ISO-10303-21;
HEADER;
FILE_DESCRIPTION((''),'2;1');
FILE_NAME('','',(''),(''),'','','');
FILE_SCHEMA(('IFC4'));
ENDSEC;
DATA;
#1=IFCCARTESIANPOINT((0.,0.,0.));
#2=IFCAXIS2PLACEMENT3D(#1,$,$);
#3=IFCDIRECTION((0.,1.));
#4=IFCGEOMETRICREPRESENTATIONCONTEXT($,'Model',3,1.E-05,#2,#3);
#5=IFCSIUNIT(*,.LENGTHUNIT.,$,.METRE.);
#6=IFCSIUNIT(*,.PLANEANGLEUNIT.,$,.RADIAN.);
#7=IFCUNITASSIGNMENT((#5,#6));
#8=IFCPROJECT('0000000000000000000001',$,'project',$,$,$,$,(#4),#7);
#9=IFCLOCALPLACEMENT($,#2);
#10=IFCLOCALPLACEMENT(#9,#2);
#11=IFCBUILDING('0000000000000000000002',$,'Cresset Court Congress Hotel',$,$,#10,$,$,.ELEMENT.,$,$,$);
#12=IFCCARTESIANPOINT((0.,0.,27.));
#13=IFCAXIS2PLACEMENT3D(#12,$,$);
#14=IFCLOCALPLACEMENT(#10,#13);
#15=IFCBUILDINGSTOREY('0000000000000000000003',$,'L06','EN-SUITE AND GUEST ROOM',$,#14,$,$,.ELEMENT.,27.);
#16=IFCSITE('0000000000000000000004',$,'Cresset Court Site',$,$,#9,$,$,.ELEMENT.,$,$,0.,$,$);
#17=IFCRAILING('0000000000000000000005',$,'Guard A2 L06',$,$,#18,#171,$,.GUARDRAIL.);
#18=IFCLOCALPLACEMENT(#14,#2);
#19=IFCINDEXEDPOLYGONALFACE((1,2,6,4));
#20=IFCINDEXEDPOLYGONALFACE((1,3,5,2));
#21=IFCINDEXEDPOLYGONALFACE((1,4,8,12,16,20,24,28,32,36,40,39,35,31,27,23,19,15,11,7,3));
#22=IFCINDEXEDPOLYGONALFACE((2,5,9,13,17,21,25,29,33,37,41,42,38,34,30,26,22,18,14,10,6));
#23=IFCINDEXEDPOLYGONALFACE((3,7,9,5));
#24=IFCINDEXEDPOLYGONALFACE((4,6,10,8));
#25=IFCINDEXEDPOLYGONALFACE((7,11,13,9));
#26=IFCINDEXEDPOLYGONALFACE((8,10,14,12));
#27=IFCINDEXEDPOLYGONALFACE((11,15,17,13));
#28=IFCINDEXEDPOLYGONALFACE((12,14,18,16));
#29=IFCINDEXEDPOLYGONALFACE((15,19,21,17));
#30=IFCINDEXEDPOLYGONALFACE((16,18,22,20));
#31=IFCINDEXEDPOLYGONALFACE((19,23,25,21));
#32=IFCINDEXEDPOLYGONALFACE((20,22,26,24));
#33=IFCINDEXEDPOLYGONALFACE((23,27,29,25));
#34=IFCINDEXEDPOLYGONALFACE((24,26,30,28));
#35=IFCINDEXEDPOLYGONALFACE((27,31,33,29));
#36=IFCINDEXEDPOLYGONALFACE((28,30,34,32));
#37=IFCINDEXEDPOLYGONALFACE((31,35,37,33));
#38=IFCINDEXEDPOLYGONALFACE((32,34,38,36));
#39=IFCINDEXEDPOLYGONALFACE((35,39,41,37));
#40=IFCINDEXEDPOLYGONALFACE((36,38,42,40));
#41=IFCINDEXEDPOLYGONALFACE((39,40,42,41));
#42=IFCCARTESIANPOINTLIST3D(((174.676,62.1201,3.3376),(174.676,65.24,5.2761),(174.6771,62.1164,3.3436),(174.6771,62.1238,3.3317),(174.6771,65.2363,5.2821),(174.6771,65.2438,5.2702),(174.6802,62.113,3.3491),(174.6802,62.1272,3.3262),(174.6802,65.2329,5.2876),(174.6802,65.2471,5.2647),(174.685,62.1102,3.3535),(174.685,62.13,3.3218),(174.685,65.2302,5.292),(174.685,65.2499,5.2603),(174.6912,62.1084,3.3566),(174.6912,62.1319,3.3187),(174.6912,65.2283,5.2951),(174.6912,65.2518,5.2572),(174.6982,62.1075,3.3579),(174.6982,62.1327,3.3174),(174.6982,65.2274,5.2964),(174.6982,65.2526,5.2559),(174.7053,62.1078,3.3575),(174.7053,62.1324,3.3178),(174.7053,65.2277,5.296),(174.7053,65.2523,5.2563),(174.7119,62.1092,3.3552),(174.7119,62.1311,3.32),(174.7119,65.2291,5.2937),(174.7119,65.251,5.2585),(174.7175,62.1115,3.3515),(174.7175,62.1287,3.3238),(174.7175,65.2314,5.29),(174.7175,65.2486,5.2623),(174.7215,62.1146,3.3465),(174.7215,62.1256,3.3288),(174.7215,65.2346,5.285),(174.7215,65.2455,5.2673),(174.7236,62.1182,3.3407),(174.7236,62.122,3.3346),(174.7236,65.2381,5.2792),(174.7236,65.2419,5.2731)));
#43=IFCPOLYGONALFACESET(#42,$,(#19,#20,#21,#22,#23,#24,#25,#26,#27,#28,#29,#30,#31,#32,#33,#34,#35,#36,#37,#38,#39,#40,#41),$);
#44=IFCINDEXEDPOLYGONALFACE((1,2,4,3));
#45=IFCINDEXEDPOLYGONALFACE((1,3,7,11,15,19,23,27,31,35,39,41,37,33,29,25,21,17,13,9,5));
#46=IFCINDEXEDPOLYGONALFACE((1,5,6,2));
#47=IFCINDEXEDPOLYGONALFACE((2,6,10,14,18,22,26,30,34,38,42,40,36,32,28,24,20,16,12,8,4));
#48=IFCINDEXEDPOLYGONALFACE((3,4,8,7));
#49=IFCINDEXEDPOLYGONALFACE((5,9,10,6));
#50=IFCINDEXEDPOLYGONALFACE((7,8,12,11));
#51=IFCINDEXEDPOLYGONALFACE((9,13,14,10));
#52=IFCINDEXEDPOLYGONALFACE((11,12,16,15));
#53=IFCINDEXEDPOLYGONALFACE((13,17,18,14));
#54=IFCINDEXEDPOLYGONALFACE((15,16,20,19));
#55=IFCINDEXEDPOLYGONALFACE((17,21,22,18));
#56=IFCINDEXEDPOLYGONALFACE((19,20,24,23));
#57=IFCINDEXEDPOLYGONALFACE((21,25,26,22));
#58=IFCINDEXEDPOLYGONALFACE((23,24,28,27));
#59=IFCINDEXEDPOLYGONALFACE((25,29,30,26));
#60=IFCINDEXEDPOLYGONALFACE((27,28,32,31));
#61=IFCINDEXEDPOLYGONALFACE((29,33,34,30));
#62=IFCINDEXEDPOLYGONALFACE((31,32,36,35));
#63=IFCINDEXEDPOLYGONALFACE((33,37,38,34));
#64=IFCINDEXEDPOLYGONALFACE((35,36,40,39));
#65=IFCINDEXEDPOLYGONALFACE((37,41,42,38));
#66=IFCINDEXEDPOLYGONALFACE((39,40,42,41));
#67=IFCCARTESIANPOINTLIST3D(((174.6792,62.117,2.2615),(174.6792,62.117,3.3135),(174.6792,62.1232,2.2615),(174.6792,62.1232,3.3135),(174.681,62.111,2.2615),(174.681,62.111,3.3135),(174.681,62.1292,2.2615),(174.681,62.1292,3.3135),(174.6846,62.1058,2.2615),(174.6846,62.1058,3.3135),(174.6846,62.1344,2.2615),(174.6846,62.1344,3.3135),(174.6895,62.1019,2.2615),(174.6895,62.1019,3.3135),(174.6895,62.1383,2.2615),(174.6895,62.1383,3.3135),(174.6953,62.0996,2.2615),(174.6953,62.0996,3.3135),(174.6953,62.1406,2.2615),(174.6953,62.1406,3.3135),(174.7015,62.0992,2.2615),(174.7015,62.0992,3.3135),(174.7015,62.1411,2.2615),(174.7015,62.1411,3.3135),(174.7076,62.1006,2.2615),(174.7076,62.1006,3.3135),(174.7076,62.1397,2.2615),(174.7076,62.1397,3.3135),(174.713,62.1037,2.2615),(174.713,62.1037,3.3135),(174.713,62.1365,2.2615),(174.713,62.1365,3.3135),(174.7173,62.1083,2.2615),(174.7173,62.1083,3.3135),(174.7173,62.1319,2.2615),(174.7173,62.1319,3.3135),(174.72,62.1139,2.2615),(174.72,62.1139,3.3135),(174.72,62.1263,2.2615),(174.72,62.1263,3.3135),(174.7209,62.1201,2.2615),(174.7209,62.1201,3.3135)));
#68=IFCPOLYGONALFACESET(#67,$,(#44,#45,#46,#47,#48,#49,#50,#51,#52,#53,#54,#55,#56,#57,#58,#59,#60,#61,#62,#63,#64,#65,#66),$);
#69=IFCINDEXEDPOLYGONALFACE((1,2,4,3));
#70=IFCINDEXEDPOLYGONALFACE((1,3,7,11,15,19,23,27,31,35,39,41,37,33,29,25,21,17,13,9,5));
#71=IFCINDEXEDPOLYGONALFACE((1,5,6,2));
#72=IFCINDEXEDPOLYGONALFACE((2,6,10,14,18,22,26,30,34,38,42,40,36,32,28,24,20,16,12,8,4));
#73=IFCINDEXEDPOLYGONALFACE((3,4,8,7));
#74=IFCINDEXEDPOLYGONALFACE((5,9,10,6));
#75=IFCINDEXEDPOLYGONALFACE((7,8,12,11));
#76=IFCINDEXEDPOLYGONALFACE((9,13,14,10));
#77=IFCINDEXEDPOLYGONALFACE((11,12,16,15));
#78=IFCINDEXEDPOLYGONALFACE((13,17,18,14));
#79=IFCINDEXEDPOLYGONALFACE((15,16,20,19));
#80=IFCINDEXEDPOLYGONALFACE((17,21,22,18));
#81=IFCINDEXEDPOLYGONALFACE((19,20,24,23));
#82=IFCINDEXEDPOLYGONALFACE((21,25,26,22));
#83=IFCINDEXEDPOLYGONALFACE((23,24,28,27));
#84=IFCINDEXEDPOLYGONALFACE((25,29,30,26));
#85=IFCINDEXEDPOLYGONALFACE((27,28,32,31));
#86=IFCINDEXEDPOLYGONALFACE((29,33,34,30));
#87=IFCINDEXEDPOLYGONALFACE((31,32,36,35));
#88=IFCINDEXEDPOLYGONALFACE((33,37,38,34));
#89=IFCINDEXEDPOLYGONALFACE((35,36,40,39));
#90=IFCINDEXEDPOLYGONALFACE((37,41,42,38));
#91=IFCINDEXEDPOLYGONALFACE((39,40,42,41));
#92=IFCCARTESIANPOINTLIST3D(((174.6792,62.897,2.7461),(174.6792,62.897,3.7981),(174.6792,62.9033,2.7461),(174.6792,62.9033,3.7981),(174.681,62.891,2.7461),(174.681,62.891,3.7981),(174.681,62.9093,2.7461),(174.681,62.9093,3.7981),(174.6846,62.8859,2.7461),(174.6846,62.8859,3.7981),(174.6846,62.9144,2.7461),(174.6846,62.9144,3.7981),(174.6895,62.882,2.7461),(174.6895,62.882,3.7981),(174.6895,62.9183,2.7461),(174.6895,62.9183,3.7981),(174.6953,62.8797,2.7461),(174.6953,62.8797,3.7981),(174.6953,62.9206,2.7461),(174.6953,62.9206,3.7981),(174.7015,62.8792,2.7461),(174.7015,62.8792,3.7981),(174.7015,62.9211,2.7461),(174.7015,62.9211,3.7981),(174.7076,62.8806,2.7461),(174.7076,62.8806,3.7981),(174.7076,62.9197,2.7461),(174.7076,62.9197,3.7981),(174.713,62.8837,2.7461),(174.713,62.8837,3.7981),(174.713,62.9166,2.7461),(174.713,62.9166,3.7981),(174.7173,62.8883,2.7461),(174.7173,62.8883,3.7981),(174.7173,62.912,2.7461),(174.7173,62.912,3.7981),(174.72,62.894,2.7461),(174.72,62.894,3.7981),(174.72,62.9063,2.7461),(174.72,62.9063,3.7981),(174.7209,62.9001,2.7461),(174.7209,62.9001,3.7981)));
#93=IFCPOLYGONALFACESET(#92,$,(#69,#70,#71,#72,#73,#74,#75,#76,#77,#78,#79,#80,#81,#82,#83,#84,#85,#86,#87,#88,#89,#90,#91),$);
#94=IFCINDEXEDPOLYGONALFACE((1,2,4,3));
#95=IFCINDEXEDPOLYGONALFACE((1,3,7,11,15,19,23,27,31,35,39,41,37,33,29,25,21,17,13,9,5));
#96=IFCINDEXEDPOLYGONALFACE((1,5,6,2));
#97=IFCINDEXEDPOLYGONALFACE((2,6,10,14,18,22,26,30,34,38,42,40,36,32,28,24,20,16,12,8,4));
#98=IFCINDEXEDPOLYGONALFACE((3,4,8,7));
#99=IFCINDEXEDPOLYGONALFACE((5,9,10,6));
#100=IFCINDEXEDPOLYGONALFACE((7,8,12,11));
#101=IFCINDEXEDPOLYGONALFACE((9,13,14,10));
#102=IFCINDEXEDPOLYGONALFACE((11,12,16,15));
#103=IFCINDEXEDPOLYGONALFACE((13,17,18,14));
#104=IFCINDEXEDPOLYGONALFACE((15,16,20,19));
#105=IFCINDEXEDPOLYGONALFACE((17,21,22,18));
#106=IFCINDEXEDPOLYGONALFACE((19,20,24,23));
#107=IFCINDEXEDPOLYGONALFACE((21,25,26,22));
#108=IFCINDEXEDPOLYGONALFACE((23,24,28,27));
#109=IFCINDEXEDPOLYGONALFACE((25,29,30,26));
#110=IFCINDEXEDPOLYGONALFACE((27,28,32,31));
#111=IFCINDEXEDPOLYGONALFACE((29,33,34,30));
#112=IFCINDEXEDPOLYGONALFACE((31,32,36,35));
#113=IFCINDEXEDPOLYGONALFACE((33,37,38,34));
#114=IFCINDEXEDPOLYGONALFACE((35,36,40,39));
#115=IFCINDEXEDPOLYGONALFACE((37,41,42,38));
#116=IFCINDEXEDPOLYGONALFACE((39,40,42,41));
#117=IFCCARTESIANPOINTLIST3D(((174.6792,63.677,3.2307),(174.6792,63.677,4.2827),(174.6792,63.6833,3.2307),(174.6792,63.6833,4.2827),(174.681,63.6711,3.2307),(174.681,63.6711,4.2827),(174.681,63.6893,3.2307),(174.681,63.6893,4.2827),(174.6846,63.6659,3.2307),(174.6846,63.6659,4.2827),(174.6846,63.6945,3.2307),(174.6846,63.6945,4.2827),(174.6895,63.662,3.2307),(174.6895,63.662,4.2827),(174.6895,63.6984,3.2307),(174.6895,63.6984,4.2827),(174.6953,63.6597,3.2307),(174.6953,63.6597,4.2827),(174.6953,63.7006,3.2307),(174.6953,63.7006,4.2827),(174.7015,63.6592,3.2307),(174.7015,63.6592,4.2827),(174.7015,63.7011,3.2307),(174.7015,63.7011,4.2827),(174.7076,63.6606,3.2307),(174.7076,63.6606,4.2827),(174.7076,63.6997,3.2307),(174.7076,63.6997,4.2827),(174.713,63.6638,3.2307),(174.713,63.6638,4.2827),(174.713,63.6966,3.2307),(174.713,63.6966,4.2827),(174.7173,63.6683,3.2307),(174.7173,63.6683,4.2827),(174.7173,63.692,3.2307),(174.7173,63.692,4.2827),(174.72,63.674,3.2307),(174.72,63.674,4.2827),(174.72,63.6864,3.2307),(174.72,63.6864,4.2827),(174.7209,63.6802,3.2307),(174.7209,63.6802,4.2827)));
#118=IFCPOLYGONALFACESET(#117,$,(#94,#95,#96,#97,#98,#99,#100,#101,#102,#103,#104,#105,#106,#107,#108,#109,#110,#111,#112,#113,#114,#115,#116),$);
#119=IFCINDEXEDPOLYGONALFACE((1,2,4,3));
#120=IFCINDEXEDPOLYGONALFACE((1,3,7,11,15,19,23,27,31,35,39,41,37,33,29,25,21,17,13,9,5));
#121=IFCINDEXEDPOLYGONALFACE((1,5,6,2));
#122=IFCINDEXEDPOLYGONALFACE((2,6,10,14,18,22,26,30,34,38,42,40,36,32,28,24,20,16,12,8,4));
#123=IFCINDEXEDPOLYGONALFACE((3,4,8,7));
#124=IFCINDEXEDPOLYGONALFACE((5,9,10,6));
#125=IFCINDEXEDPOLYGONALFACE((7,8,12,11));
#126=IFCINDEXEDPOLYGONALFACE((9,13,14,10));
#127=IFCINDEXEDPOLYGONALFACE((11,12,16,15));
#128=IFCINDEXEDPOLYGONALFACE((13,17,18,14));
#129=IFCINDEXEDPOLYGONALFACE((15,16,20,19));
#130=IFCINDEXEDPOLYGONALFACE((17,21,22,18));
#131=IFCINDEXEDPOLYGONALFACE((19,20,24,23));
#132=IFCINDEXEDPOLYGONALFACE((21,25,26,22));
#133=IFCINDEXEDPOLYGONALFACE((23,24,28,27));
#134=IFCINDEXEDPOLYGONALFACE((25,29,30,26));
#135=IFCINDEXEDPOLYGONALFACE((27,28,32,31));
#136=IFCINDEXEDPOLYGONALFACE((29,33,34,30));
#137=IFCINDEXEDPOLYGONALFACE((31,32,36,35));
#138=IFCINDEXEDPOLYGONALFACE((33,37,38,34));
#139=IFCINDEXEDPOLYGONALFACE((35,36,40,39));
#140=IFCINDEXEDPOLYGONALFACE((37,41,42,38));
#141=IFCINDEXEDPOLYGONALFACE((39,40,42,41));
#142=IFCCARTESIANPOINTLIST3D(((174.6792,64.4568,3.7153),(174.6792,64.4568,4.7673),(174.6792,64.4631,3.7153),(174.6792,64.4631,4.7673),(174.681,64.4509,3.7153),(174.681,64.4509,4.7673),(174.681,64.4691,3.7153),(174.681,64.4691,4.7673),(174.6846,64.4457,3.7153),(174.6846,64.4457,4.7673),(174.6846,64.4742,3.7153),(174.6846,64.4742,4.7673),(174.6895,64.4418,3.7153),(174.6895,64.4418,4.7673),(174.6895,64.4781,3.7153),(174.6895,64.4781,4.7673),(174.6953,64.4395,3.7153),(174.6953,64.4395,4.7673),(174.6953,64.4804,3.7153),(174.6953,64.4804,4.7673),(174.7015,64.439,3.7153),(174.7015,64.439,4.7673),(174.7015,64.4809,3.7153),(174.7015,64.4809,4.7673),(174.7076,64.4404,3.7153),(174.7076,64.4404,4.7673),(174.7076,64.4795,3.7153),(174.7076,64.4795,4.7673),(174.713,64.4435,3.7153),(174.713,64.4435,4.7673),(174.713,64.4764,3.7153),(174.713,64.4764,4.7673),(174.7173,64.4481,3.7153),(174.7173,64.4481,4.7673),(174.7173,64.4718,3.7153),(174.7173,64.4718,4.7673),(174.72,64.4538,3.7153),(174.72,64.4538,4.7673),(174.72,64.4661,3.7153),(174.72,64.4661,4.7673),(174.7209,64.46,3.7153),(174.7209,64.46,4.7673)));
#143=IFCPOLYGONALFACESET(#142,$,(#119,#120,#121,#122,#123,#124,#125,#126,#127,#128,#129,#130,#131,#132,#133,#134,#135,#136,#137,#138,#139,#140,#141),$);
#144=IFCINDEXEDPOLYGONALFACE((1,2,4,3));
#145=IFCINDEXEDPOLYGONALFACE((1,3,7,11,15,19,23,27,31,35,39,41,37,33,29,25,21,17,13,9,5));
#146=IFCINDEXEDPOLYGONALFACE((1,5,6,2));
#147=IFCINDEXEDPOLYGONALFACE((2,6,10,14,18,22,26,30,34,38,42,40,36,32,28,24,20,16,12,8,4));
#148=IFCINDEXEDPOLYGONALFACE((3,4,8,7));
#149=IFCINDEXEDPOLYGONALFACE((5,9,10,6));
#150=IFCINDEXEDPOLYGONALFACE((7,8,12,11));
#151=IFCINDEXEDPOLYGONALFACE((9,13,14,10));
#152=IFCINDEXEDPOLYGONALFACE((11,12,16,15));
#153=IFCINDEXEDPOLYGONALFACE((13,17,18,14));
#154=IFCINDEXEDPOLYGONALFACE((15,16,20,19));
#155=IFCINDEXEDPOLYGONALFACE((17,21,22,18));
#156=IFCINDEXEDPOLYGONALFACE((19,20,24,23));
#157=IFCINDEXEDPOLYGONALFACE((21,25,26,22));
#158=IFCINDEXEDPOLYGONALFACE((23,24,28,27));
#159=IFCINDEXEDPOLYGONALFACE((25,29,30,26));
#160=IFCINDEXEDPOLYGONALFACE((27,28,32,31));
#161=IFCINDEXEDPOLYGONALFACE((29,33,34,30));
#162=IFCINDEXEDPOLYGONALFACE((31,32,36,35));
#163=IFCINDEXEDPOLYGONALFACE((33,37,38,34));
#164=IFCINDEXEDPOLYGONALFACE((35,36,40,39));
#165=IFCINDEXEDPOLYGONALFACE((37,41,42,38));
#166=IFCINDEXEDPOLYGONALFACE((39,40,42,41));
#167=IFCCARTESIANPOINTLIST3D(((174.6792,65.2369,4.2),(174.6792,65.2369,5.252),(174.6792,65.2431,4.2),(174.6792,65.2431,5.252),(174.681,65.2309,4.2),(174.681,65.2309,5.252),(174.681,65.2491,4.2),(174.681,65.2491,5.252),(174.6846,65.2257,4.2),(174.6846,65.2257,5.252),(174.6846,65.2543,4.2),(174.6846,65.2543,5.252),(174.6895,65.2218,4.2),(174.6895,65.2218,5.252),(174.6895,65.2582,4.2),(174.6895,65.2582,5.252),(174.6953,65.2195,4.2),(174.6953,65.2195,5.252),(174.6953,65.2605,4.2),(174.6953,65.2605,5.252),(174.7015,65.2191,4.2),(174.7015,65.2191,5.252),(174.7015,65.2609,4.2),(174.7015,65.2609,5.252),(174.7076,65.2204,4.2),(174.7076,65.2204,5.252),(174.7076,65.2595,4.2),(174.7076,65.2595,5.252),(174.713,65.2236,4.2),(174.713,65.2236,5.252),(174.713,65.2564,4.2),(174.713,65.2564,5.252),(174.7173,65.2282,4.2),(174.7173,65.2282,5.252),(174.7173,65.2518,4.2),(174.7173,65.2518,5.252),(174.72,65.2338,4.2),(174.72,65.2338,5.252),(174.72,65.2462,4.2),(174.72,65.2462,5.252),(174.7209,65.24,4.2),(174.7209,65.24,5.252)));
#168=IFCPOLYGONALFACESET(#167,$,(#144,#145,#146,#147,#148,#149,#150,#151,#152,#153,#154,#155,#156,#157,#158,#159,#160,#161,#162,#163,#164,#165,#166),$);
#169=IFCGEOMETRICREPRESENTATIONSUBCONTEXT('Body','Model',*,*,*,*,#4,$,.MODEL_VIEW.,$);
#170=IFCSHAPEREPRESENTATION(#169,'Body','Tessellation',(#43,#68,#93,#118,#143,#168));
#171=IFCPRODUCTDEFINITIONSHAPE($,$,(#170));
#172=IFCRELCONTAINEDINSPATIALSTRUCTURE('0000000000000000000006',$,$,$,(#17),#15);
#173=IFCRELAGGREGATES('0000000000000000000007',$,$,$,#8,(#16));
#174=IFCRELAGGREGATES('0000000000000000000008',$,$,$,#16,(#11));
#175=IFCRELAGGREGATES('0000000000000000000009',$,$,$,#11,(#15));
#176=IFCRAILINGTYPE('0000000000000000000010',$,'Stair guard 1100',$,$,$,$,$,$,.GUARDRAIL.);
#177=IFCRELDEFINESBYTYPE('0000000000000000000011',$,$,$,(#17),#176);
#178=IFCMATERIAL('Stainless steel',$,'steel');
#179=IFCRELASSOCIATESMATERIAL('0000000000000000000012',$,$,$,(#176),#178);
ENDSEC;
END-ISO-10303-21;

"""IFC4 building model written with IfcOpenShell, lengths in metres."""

from ifc_helpers import new_model, si_unit, direction, frame, origin, origin_2d, place, context, subcontext, project, spatial, circle, extrude, material, type_object, element, save


model = new_model("IFC4")

# Units and contexts
model_context = context("Model", 3, precision=1e-05, world=origin(), true_north=direction((0.0, 1.0)))
body_context = subcontext(model_context, "Body", "Model", "MODEL_VIEW")
ifc_project = project(units=[si_unit("LENGTHUNIT", "METRE"), si_unit("PLANEANGLEUNIT", "RADIAN")], contexts=[model_context])

# Site, building, storey
site_placement = place(None, origin())
site = spatial("IfcSite", under=ifc_project, at=site_placement, Name="Cresset Court Site", CompositionType="ELEMENT", RefElevation=0.0)
building_placement = place(site_placement, origin())
building = spatial("IfcBuilding", under=site, at=building_placement, Name="Cresset Court Congress Hotel", CompositionType="ELEMENT")
storey_placement = place(building_placement, frame((0.0, 0.0, 27.0)))
storey = spatial("IfcBuildingStorey", under=building, at=storey_placement, Name="L06", Description="EN-SUITE AND GUEST ROOM", CompositionType="ELEMENT", Elevation=27.0)

# Railing
ifc_material_1 = material(Name="Stainless steel", Category="steel")
railing_type_1 = type_object("IfcRailingType", Name="Stair guard 1100", PredefinedType="GUARDRAIL", material=ifc_material_1)
railing_1_placement = place(storey_placement, frame((174.7, 62.1201, 2.2615)))
element("IfcRailing", 1, at=railing_1_placement, inside=storey, type_object=railing_type_1, Name="Guard A2 L06", PredefinedType="GUARDRAIL", context=body_context, shape_type="SweptSolid", body=[
    extrude(circle(Radius=0.0239, at=origin_2d()), frame((0.0, 0.0, 1.0762), z_axis=(0.0, 0.849396, 0.527757), x_axis=(-1.0, 0.0, 0.0)), (0.0, 0.0, 1.0), 3.6731),
    extrude(circle(Radius=0.021, at=origin_2d()), origin(), (0.0, 0.0, 1.0), 1.052),
    extrude(circle(Radius=0.021, at=origin_2d()), frame((0.0, 0.78, 0.4846)), (0.0, 0.0, 1.0), 1.052),
    extrude(circle(Radius=0.021, at=origin_2d()), frame((0.0, 1.5601, 0.9692)), (0.0, 0.0, 1.0), 1.052),
    extrude(circle(Radius=0.021, at=origin_2d()), frame((0.0, 2.3398, 1.4539)), (0.0, 0.0, 1.0), 1.052),
    extrude(circle(Radius=0.021, at=origin_2d()), frame((0.0, 3.1199, 1.9385)), (0.0, 0.0, 1.0), 1.052),
])

save(model, "model.ifc")
